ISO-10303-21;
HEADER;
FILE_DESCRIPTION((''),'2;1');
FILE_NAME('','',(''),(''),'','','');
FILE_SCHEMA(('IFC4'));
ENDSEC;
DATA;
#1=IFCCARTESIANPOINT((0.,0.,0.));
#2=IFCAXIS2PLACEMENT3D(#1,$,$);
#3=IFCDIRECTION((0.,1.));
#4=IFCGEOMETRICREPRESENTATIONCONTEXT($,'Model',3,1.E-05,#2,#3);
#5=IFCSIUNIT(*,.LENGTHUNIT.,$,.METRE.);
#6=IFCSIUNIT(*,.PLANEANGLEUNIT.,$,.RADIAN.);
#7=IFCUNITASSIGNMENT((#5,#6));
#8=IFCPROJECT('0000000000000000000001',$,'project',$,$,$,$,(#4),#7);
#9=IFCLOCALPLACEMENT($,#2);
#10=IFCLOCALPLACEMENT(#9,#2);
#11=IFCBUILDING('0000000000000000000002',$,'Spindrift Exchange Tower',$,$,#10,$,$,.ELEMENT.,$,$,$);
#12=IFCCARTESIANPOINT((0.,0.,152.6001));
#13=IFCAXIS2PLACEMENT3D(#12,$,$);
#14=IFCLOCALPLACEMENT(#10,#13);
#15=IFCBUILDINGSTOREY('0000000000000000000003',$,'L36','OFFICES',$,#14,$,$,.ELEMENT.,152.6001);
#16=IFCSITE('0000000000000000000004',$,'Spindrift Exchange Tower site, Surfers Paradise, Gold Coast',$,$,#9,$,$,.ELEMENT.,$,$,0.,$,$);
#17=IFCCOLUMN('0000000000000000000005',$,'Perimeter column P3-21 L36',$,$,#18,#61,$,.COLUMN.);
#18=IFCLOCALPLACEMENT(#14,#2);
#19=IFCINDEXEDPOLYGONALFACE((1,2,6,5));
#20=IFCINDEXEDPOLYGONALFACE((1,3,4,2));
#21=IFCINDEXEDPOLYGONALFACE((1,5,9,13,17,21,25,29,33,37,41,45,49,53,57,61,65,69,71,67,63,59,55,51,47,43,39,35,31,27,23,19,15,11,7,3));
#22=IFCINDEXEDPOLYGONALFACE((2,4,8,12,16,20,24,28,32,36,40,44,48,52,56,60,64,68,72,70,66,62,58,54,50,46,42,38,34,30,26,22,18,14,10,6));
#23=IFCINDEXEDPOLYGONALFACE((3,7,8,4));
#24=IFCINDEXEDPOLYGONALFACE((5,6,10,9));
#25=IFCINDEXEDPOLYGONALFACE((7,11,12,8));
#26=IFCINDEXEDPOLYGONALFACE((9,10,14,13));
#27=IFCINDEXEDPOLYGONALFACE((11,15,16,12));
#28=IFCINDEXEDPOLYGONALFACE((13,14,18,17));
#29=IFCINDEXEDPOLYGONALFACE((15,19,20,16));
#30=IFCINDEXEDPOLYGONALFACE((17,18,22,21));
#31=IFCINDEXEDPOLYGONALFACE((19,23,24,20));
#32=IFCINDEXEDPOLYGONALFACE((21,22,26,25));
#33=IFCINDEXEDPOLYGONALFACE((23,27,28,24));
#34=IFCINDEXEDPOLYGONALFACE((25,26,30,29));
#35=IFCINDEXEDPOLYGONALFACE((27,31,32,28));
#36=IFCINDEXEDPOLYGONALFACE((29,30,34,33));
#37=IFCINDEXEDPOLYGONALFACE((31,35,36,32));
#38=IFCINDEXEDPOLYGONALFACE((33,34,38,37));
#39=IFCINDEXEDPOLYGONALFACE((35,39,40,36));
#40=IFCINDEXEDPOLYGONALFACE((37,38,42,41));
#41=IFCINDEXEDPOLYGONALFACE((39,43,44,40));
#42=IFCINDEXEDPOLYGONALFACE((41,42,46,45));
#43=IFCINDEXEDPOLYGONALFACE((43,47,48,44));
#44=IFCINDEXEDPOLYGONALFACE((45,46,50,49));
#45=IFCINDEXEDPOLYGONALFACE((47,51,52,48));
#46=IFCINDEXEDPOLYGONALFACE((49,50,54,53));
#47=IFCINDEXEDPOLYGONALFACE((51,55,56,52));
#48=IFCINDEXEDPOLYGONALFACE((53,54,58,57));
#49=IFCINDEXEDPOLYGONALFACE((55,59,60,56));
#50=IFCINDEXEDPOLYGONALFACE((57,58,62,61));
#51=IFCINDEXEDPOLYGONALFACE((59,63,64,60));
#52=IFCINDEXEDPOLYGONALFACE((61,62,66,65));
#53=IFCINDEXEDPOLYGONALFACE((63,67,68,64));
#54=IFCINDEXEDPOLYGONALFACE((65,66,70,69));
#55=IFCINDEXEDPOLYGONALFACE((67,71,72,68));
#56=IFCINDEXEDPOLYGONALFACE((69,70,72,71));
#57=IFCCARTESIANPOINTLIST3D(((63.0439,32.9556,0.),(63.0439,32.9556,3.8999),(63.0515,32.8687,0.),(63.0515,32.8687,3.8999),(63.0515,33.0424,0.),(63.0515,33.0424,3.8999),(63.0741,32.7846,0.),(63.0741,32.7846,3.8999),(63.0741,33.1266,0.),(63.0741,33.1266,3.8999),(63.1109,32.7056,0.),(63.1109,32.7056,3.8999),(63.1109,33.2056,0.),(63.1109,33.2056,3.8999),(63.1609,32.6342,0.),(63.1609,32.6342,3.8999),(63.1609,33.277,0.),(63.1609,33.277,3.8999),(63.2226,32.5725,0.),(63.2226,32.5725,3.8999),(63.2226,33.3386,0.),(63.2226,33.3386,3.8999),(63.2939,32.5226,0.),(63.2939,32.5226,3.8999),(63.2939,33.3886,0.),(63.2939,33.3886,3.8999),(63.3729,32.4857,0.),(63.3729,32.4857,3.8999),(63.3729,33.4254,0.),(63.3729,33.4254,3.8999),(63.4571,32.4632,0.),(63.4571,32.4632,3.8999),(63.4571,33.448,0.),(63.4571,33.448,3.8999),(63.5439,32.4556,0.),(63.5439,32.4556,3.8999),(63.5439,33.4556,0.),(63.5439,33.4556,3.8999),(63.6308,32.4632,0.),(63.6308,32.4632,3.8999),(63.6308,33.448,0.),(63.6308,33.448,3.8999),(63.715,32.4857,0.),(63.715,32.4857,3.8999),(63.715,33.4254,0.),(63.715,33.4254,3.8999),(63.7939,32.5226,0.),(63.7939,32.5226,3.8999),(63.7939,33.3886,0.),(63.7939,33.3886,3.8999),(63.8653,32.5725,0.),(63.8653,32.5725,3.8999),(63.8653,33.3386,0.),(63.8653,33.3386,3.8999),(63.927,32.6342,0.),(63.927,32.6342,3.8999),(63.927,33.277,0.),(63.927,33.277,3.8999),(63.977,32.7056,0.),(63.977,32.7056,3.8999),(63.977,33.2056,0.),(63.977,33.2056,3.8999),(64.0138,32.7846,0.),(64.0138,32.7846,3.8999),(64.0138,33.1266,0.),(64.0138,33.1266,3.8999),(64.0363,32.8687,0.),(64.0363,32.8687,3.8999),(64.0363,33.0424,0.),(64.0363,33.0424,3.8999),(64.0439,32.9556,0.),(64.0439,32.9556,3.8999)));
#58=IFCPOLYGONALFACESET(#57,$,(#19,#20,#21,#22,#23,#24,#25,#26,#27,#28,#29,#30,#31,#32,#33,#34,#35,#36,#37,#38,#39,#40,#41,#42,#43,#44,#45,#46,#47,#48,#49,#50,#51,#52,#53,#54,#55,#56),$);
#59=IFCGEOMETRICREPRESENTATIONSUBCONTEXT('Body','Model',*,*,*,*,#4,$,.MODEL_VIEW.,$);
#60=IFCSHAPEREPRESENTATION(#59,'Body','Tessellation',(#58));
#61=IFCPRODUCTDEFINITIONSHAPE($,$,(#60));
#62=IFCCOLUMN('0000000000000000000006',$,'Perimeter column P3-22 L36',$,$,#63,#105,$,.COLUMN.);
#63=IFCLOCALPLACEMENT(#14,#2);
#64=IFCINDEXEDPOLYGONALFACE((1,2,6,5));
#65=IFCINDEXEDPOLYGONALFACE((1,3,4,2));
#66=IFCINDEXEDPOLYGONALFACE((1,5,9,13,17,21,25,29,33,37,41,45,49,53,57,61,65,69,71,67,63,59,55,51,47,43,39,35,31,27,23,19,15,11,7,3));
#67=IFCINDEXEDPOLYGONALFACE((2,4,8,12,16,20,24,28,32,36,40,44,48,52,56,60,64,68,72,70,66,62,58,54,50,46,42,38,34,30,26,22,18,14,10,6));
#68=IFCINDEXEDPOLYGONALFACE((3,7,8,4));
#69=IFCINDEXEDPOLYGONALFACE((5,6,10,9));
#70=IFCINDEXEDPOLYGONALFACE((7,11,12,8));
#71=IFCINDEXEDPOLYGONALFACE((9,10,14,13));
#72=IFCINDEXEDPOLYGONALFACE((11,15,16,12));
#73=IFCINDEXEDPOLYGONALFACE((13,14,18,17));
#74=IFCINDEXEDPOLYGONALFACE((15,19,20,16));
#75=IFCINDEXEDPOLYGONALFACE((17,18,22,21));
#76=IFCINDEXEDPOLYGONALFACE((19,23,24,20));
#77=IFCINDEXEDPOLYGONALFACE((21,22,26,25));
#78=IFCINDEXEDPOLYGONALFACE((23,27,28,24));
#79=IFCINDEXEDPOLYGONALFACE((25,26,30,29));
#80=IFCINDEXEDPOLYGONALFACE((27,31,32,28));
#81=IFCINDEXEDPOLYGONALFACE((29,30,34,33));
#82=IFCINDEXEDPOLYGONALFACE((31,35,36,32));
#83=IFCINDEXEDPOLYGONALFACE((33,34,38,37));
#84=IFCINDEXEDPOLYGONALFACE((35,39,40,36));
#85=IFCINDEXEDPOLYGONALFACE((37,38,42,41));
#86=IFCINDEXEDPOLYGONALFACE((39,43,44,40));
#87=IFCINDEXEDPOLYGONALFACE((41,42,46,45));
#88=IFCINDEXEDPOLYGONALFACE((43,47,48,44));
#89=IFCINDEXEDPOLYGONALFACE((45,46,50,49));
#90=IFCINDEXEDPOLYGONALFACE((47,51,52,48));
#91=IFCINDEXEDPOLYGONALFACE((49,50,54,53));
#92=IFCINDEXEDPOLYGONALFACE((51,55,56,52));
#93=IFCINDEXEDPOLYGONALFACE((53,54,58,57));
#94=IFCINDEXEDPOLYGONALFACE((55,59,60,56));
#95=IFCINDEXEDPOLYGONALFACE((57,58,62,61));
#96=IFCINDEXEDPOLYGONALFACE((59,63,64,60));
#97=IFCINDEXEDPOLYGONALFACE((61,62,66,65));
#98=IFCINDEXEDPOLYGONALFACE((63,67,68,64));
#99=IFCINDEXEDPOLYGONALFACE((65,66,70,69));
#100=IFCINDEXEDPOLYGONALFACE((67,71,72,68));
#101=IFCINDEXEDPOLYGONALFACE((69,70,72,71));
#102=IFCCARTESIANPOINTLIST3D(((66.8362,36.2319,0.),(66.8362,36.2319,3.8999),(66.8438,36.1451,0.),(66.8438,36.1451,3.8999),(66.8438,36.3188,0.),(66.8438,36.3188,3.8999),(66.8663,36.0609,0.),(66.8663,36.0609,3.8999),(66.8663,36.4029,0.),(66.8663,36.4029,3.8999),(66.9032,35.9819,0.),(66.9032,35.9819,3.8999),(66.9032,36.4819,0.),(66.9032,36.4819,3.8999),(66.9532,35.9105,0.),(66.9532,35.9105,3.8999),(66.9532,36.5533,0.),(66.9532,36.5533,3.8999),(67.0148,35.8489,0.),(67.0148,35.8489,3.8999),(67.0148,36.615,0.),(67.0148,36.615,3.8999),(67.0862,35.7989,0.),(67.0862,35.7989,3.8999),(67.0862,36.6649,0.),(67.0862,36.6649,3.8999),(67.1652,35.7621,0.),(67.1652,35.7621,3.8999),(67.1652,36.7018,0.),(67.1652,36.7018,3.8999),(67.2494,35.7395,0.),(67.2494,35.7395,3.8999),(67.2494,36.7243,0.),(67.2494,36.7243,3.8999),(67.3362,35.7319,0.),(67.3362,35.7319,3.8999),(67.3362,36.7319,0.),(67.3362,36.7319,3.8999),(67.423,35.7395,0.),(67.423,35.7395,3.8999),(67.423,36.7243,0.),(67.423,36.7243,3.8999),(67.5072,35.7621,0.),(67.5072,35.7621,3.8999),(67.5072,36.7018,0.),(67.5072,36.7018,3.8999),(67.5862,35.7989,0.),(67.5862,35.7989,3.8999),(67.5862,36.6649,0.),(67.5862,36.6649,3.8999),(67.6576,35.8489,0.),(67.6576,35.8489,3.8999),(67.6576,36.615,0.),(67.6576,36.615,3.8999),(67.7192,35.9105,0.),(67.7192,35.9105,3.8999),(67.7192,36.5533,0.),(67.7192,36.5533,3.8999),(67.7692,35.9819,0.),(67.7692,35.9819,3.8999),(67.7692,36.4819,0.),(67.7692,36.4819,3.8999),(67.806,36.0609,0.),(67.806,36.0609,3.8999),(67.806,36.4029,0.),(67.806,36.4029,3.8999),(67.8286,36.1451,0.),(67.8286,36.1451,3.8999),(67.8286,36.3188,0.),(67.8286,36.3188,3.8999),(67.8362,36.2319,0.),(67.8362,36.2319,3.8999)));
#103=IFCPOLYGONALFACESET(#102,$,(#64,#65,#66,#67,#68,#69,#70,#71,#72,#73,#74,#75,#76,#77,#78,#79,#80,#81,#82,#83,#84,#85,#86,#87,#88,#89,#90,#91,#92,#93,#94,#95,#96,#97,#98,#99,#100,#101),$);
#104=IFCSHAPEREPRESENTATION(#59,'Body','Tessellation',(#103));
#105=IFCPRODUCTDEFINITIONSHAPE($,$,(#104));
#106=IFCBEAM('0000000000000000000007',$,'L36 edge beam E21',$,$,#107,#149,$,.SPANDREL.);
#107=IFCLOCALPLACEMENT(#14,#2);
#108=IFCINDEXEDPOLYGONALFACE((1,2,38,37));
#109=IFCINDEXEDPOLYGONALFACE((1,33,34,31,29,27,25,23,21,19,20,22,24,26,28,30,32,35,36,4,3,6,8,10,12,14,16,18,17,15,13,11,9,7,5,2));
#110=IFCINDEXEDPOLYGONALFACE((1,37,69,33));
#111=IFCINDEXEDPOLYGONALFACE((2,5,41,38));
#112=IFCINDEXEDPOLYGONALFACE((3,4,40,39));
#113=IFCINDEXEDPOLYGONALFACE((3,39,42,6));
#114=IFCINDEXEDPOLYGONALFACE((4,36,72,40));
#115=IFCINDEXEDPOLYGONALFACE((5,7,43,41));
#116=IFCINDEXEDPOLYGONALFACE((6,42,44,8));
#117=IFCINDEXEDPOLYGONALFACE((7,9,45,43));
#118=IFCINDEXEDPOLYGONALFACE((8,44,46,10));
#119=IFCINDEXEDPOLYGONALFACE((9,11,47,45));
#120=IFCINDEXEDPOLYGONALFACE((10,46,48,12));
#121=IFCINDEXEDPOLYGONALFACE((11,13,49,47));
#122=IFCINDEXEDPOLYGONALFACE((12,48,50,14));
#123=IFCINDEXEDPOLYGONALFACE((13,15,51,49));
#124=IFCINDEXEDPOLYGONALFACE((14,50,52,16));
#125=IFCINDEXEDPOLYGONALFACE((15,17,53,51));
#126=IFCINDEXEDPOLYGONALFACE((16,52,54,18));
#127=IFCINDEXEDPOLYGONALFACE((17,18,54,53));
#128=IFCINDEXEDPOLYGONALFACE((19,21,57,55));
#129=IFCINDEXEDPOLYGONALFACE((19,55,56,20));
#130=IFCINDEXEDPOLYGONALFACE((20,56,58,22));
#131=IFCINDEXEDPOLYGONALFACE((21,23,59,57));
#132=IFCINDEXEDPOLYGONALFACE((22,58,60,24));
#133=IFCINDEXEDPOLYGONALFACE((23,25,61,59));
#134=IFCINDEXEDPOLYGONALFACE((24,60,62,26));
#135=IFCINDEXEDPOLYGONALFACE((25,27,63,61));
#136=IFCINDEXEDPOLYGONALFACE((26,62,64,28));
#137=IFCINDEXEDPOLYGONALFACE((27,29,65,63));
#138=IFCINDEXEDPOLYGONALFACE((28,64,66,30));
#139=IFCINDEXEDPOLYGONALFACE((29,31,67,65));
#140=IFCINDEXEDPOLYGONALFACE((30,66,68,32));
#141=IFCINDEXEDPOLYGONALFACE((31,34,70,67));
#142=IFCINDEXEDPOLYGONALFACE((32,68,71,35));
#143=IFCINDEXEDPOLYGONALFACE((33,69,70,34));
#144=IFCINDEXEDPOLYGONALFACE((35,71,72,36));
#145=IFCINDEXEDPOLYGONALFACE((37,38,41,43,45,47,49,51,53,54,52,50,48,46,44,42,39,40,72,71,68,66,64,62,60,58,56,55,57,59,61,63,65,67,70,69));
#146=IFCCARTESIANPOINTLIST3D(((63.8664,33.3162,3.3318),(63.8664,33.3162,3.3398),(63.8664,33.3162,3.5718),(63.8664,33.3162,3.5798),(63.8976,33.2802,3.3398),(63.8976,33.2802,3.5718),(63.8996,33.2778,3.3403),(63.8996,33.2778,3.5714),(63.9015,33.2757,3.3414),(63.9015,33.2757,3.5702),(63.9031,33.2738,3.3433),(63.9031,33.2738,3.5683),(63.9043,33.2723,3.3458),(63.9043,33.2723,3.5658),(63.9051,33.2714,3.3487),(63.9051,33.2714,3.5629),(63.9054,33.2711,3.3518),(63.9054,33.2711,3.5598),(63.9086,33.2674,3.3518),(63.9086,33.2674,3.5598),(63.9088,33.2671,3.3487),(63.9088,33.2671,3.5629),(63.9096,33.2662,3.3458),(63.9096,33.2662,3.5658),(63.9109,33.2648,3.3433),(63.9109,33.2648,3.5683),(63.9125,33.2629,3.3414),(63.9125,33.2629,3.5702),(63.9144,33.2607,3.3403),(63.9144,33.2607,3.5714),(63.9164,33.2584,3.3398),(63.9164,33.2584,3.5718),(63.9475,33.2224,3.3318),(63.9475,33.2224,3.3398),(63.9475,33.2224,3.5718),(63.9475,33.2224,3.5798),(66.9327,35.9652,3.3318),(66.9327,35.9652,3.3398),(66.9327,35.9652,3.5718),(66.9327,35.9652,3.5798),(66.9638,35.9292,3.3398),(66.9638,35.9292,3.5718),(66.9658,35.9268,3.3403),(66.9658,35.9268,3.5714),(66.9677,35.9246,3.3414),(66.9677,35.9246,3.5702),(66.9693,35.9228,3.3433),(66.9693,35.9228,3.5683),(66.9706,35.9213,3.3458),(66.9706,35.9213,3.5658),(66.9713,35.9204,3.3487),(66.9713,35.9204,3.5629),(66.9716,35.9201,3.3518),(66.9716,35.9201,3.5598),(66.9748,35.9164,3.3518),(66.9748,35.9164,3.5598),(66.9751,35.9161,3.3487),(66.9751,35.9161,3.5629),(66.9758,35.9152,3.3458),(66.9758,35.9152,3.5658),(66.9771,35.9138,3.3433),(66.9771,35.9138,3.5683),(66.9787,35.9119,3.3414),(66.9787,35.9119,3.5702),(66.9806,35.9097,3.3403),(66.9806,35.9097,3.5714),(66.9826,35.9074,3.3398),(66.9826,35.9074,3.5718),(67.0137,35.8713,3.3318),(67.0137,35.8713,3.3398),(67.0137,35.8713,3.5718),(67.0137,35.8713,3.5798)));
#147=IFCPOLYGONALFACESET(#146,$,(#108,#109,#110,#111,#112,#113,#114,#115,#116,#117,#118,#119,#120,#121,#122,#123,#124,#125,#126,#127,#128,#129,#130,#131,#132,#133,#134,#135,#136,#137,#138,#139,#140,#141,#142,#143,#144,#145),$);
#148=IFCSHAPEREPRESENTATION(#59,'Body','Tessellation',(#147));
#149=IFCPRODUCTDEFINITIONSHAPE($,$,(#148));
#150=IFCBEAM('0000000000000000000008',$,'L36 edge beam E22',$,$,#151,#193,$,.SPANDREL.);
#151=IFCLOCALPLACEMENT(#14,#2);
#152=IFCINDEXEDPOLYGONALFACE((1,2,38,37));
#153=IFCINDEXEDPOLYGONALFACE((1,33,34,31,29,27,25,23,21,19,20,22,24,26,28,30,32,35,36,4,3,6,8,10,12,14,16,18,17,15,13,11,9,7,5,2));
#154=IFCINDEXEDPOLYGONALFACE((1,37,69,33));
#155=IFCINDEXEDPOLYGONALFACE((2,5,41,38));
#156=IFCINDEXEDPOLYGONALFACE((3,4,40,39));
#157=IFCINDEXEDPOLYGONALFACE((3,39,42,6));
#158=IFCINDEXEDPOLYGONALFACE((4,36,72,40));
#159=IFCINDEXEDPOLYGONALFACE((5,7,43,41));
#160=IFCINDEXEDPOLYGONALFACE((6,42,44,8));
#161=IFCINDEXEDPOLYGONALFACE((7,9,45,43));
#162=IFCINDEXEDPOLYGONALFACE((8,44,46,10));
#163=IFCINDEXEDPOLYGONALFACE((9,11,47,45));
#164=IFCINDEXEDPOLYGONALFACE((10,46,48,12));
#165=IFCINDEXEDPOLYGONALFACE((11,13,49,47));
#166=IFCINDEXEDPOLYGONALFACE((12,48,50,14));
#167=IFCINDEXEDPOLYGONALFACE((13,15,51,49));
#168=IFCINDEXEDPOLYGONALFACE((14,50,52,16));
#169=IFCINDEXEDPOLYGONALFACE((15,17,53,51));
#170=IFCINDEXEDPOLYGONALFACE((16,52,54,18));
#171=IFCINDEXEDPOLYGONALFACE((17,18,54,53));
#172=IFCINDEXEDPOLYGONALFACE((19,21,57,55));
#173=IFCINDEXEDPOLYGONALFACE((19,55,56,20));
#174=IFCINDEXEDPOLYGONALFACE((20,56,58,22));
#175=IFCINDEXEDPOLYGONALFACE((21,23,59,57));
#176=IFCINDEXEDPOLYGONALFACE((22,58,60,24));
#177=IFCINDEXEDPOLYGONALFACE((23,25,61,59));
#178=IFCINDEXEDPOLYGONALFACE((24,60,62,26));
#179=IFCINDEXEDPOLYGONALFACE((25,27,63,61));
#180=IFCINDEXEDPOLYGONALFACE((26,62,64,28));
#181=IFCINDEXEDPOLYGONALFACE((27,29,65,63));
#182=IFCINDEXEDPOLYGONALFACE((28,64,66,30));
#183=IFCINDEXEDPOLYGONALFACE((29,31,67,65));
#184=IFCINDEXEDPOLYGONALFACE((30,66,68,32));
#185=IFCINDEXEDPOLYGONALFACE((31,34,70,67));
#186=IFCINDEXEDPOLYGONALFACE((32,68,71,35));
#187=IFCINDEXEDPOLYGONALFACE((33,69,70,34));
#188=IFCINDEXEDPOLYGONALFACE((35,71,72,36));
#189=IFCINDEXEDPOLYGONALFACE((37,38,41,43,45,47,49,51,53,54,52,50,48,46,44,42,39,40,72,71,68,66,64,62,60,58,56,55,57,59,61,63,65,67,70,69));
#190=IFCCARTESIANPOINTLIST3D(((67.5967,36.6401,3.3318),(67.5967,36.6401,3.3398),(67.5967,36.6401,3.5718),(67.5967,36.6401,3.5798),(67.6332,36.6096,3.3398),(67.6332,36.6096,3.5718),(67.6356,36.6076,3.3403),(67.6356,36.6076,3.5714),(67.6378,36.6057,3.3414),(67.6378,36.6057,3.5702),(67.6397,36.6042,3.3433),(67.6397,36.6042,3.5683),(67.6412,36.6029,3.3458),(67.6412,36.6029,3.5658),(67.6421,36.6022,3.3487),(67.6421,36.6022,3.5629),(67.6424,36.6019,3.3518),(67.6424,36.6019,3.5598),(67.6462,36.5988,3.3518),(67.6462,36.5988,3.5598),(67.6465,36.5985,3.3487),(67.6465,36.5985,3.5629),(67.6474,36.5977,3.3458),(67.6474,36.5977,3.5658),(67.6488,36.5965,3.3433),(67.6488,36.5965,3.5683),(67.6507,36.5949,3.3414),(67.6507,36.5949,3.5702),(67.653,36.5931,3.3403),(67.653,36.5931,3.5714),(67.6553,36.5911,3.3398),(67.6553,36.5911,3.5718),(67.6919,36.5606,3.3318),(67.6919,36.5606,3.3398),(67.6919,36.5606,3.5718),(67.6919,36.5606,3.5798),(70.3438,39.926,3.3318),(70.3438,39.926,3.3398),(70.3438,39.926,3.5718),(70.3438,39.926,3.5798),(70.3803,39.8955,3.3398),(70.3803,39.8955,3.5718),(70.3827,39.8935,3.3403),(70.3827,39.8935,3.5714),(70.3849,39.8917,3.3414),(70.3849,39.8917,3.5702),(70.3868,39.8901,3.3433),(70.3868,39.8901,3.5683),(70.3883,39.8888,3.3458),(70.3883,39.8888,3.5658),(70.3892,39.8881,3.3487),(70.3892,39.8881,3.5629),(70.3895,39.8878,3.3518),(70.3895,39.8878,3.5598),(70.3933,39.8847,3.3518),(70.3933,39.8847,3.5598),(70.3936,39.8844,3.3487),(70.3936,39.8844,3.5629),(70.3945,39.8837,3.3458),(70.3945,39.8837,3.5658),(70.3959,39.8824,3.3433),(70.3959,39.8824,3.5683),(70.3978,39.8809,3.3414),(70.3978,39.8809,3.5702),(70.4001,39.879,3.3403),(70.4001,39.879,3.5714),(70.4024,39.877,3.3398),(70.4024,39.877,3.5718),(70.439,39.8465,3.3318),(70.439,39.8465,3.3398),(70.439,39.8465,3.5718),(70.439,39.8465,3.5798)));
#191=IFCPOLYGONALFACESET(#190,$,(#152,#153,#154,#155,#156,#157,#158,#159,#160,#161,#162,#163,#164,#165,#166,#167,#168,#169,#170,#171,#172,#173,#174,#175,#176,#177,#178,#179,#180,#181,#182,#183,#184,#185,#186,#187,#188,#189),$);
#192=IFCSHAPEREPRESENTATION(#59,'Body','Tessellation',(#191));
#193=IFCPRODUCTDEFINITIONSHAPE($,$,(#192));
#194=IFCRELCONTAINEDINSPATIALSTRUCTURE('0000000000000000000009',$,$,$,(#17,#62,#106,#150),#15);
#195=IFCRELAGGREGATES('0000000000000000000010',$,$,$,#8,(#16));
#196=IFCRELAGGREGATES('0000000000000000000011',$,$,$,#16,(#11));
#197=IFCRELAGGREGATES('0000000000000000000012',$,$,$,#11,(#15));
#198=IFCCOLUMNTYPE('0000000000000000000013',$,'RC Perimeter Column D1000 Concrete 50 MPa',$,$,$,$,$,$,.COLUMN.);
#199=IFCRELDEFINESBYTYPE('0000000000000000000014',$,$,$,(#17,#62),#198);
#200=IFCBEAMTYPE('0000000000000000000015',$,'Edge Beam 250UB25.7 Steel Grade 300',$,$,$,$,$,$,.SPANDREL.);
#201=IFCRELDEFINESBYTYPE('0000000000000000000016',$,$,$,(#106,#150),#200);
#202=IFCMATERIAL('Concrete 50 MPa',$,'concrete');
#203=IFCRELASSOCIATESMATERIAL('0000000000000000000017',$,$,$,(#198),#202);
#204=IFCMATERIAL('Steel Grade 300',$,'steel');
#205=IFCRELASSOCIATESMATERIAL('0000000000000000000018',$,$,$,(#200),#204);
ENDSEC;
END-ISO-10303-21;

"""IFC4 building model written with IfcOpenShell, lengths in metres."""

from ifc_helpers import new_model, si_unit, direction, frame, origin, origin_2d, place, context, subcontext, project, spatial, circle, i_section, extrude, source, transform, mapped, material, material_profile, profile_set, type_object, element, save


model = new_model("IFC4")

# Units and contexts
model_context = context("Model", 3, precision=1e-05, world=origin(), true_north=direction((0.0, 1.0)))
body_context = subcontext(model_context, "Body", "Model", "MODEL_VIEW")
ifc_project = project(units=[si_unit("LENGTHUNIT", "METRE"), si_unit("PLANEANGLEUNIT", "RADIAN")], contexts=[model_context])

# Site, building, storey
site_placement = place(None, origin())
site = spatial("IfcSite", under=ifc_project, at=site_placement, Name="Spindrift Exchange Tower site, Surfers Paradise, Gold Coast", CompositionType="ELEMENT", RefElevation=0.0)
building_placement = place(site_placement, origin())
building = spatial("IfcBuilding", under=site, at=building_placement, Name="Spindrift Exchange Tower", CompositionType="ELEMENT")
storey_placement = place(building_placement, frame((0.0, 0.0, 152.6001)))
storey = spatial("IfcBuildingStorey", under=building, at=storey_placement, Name="L36", Description="OFFICES", CompositionType="ELEMENT", Elevation=152.6001)

# Columns
ifc_material_1 = material(Name="Concrete 50 MPa", Category="concrete")
ifc_material_profile_1 = material_profile(ifc_material_1, circle(Radius=0.5, at=origin_2d()), Name="RC D1000")
ifc_profile_set_1 = profile_set([ifc_material_profile_1], Name="Concrete 50 MPa")
column_type = type_object("IfcColumnType", Name="RC Perimeter Column D1000 Concrete 50 MPa", PredefinedType="COLUMN", material=ifc_profile_set_1)
shared_shape_1 = source(origin(), body_context, "Body", "SweptSolid", [
    extrude(circle(Radius=0.5, at=origin_2d()), origin(), (0.0, 0.0, 1.0), 3.8999),
])
for number, where, z_axis, x_axis, name in (
    (1, (63.5439, 32.9556, 0.0), (0.0, 0.0, 1.0), (1.0, 0.0, 0.0), "Perimeter column P3-21 L36"),
    (2, (67.3362, 36.2319, 0.0), (0.0, 0.0, 1.0), (1.0, 0.0, 0.0), "Perimeter column P3-22 L36"),
):
    element("IfcColumn", number, at=place(storey_placement, frame(where, z_axis=z_axis, x_axis=x_axis)), inside=storey, type_object=column_type, Name=name, PredefinedType="COLUMN", context=body_context, shape_type="MappedRepresentation", body=[
        mapped(shared_shape_1, transform((0.0, 0.0, 0.0), scale=1.0)),
    ])

# Beams
ifc_material_2 = material(Name="Steel Grade 300", Category="steel")
ifc_material_profile_2 = material_profile(ifc_material_2, i_section(OverallWidth=0.124, OverallDepth=0.248, WebThickness=0.0049, FlangeThickness=0.0081, FilletRadius=0.012, at=origin_2d()), Name="250UB25.7")
ifc_profile_set_2 = profile_set([ifc_material_profile_2], Name="Steel Grade 300")
beam_type = type_object("IfcBeamType", Name="Edge Beam 250UB25.7 Steel Grade 300", PredefinedType="SPANDREL", material=ifc_profile_set_2)
shared_shape_2 = source(origin(), body_context, "Body", "SweptSolid", [
    extrude(i_section(OverallWidth=0.124, OverallDepth=0.248, WebThickness=0.0049, FlangeThickness=0.0081, FilletRadius=0.012, at=origin_2d()), origin(), (0.0, 0.0, 1.0), 4.052),
])
beam_1_placement = place(storey_placement, frame((63.907, 33.2693, 3.4558), z_axis=(0.756716, 0.653744, 0.0), x_axis=(-0.653744, 0.756716, 0.0)))
element("IfcBeam", 3, at=beam_1_placement, inside=storey, type_object=beam_type, Name="L36 edge beam E21", PredefinedType="SPANDREL", context=body_context, shape_type="MappedRepresentation", body=[
    mapped(shared_shape_2, transform((0.0, 0.0, 0.0), scale=1.0)),
])
shared_shape_3 = source(origin(), body_context, "Body", "SweptSolid", [
    extrude(i_section(OverallWidth=0.124, OverallDepth=0.248, WebThickness=0.0049, FlangeThickness=0.0081, FilletRadius=0.012, at=origin_2d()), origin(), (0.0, 0.0, 1.0), 4.283),
])
beam_2_placement = place(storey_placement, frame((67.6443, 36.6003, 3.4558), z_axis=(0.6414, 0.767206, 0.0), x_axis=(-0.767206, 0.6414, 0.0)))
element("IfcBeam", 4, at=beam_2_placement, inside=storey, type_object=beam_type, Name="L36 edge beam E22", PredefinedType="SPANDREL", context=body_context, shape_type="MappedRepresentation", body=[
    mapped(shared_shape_3, transform((0.0, 0.0, 0.0), scale=1.0)),
])

save(model, "model.ifc")
